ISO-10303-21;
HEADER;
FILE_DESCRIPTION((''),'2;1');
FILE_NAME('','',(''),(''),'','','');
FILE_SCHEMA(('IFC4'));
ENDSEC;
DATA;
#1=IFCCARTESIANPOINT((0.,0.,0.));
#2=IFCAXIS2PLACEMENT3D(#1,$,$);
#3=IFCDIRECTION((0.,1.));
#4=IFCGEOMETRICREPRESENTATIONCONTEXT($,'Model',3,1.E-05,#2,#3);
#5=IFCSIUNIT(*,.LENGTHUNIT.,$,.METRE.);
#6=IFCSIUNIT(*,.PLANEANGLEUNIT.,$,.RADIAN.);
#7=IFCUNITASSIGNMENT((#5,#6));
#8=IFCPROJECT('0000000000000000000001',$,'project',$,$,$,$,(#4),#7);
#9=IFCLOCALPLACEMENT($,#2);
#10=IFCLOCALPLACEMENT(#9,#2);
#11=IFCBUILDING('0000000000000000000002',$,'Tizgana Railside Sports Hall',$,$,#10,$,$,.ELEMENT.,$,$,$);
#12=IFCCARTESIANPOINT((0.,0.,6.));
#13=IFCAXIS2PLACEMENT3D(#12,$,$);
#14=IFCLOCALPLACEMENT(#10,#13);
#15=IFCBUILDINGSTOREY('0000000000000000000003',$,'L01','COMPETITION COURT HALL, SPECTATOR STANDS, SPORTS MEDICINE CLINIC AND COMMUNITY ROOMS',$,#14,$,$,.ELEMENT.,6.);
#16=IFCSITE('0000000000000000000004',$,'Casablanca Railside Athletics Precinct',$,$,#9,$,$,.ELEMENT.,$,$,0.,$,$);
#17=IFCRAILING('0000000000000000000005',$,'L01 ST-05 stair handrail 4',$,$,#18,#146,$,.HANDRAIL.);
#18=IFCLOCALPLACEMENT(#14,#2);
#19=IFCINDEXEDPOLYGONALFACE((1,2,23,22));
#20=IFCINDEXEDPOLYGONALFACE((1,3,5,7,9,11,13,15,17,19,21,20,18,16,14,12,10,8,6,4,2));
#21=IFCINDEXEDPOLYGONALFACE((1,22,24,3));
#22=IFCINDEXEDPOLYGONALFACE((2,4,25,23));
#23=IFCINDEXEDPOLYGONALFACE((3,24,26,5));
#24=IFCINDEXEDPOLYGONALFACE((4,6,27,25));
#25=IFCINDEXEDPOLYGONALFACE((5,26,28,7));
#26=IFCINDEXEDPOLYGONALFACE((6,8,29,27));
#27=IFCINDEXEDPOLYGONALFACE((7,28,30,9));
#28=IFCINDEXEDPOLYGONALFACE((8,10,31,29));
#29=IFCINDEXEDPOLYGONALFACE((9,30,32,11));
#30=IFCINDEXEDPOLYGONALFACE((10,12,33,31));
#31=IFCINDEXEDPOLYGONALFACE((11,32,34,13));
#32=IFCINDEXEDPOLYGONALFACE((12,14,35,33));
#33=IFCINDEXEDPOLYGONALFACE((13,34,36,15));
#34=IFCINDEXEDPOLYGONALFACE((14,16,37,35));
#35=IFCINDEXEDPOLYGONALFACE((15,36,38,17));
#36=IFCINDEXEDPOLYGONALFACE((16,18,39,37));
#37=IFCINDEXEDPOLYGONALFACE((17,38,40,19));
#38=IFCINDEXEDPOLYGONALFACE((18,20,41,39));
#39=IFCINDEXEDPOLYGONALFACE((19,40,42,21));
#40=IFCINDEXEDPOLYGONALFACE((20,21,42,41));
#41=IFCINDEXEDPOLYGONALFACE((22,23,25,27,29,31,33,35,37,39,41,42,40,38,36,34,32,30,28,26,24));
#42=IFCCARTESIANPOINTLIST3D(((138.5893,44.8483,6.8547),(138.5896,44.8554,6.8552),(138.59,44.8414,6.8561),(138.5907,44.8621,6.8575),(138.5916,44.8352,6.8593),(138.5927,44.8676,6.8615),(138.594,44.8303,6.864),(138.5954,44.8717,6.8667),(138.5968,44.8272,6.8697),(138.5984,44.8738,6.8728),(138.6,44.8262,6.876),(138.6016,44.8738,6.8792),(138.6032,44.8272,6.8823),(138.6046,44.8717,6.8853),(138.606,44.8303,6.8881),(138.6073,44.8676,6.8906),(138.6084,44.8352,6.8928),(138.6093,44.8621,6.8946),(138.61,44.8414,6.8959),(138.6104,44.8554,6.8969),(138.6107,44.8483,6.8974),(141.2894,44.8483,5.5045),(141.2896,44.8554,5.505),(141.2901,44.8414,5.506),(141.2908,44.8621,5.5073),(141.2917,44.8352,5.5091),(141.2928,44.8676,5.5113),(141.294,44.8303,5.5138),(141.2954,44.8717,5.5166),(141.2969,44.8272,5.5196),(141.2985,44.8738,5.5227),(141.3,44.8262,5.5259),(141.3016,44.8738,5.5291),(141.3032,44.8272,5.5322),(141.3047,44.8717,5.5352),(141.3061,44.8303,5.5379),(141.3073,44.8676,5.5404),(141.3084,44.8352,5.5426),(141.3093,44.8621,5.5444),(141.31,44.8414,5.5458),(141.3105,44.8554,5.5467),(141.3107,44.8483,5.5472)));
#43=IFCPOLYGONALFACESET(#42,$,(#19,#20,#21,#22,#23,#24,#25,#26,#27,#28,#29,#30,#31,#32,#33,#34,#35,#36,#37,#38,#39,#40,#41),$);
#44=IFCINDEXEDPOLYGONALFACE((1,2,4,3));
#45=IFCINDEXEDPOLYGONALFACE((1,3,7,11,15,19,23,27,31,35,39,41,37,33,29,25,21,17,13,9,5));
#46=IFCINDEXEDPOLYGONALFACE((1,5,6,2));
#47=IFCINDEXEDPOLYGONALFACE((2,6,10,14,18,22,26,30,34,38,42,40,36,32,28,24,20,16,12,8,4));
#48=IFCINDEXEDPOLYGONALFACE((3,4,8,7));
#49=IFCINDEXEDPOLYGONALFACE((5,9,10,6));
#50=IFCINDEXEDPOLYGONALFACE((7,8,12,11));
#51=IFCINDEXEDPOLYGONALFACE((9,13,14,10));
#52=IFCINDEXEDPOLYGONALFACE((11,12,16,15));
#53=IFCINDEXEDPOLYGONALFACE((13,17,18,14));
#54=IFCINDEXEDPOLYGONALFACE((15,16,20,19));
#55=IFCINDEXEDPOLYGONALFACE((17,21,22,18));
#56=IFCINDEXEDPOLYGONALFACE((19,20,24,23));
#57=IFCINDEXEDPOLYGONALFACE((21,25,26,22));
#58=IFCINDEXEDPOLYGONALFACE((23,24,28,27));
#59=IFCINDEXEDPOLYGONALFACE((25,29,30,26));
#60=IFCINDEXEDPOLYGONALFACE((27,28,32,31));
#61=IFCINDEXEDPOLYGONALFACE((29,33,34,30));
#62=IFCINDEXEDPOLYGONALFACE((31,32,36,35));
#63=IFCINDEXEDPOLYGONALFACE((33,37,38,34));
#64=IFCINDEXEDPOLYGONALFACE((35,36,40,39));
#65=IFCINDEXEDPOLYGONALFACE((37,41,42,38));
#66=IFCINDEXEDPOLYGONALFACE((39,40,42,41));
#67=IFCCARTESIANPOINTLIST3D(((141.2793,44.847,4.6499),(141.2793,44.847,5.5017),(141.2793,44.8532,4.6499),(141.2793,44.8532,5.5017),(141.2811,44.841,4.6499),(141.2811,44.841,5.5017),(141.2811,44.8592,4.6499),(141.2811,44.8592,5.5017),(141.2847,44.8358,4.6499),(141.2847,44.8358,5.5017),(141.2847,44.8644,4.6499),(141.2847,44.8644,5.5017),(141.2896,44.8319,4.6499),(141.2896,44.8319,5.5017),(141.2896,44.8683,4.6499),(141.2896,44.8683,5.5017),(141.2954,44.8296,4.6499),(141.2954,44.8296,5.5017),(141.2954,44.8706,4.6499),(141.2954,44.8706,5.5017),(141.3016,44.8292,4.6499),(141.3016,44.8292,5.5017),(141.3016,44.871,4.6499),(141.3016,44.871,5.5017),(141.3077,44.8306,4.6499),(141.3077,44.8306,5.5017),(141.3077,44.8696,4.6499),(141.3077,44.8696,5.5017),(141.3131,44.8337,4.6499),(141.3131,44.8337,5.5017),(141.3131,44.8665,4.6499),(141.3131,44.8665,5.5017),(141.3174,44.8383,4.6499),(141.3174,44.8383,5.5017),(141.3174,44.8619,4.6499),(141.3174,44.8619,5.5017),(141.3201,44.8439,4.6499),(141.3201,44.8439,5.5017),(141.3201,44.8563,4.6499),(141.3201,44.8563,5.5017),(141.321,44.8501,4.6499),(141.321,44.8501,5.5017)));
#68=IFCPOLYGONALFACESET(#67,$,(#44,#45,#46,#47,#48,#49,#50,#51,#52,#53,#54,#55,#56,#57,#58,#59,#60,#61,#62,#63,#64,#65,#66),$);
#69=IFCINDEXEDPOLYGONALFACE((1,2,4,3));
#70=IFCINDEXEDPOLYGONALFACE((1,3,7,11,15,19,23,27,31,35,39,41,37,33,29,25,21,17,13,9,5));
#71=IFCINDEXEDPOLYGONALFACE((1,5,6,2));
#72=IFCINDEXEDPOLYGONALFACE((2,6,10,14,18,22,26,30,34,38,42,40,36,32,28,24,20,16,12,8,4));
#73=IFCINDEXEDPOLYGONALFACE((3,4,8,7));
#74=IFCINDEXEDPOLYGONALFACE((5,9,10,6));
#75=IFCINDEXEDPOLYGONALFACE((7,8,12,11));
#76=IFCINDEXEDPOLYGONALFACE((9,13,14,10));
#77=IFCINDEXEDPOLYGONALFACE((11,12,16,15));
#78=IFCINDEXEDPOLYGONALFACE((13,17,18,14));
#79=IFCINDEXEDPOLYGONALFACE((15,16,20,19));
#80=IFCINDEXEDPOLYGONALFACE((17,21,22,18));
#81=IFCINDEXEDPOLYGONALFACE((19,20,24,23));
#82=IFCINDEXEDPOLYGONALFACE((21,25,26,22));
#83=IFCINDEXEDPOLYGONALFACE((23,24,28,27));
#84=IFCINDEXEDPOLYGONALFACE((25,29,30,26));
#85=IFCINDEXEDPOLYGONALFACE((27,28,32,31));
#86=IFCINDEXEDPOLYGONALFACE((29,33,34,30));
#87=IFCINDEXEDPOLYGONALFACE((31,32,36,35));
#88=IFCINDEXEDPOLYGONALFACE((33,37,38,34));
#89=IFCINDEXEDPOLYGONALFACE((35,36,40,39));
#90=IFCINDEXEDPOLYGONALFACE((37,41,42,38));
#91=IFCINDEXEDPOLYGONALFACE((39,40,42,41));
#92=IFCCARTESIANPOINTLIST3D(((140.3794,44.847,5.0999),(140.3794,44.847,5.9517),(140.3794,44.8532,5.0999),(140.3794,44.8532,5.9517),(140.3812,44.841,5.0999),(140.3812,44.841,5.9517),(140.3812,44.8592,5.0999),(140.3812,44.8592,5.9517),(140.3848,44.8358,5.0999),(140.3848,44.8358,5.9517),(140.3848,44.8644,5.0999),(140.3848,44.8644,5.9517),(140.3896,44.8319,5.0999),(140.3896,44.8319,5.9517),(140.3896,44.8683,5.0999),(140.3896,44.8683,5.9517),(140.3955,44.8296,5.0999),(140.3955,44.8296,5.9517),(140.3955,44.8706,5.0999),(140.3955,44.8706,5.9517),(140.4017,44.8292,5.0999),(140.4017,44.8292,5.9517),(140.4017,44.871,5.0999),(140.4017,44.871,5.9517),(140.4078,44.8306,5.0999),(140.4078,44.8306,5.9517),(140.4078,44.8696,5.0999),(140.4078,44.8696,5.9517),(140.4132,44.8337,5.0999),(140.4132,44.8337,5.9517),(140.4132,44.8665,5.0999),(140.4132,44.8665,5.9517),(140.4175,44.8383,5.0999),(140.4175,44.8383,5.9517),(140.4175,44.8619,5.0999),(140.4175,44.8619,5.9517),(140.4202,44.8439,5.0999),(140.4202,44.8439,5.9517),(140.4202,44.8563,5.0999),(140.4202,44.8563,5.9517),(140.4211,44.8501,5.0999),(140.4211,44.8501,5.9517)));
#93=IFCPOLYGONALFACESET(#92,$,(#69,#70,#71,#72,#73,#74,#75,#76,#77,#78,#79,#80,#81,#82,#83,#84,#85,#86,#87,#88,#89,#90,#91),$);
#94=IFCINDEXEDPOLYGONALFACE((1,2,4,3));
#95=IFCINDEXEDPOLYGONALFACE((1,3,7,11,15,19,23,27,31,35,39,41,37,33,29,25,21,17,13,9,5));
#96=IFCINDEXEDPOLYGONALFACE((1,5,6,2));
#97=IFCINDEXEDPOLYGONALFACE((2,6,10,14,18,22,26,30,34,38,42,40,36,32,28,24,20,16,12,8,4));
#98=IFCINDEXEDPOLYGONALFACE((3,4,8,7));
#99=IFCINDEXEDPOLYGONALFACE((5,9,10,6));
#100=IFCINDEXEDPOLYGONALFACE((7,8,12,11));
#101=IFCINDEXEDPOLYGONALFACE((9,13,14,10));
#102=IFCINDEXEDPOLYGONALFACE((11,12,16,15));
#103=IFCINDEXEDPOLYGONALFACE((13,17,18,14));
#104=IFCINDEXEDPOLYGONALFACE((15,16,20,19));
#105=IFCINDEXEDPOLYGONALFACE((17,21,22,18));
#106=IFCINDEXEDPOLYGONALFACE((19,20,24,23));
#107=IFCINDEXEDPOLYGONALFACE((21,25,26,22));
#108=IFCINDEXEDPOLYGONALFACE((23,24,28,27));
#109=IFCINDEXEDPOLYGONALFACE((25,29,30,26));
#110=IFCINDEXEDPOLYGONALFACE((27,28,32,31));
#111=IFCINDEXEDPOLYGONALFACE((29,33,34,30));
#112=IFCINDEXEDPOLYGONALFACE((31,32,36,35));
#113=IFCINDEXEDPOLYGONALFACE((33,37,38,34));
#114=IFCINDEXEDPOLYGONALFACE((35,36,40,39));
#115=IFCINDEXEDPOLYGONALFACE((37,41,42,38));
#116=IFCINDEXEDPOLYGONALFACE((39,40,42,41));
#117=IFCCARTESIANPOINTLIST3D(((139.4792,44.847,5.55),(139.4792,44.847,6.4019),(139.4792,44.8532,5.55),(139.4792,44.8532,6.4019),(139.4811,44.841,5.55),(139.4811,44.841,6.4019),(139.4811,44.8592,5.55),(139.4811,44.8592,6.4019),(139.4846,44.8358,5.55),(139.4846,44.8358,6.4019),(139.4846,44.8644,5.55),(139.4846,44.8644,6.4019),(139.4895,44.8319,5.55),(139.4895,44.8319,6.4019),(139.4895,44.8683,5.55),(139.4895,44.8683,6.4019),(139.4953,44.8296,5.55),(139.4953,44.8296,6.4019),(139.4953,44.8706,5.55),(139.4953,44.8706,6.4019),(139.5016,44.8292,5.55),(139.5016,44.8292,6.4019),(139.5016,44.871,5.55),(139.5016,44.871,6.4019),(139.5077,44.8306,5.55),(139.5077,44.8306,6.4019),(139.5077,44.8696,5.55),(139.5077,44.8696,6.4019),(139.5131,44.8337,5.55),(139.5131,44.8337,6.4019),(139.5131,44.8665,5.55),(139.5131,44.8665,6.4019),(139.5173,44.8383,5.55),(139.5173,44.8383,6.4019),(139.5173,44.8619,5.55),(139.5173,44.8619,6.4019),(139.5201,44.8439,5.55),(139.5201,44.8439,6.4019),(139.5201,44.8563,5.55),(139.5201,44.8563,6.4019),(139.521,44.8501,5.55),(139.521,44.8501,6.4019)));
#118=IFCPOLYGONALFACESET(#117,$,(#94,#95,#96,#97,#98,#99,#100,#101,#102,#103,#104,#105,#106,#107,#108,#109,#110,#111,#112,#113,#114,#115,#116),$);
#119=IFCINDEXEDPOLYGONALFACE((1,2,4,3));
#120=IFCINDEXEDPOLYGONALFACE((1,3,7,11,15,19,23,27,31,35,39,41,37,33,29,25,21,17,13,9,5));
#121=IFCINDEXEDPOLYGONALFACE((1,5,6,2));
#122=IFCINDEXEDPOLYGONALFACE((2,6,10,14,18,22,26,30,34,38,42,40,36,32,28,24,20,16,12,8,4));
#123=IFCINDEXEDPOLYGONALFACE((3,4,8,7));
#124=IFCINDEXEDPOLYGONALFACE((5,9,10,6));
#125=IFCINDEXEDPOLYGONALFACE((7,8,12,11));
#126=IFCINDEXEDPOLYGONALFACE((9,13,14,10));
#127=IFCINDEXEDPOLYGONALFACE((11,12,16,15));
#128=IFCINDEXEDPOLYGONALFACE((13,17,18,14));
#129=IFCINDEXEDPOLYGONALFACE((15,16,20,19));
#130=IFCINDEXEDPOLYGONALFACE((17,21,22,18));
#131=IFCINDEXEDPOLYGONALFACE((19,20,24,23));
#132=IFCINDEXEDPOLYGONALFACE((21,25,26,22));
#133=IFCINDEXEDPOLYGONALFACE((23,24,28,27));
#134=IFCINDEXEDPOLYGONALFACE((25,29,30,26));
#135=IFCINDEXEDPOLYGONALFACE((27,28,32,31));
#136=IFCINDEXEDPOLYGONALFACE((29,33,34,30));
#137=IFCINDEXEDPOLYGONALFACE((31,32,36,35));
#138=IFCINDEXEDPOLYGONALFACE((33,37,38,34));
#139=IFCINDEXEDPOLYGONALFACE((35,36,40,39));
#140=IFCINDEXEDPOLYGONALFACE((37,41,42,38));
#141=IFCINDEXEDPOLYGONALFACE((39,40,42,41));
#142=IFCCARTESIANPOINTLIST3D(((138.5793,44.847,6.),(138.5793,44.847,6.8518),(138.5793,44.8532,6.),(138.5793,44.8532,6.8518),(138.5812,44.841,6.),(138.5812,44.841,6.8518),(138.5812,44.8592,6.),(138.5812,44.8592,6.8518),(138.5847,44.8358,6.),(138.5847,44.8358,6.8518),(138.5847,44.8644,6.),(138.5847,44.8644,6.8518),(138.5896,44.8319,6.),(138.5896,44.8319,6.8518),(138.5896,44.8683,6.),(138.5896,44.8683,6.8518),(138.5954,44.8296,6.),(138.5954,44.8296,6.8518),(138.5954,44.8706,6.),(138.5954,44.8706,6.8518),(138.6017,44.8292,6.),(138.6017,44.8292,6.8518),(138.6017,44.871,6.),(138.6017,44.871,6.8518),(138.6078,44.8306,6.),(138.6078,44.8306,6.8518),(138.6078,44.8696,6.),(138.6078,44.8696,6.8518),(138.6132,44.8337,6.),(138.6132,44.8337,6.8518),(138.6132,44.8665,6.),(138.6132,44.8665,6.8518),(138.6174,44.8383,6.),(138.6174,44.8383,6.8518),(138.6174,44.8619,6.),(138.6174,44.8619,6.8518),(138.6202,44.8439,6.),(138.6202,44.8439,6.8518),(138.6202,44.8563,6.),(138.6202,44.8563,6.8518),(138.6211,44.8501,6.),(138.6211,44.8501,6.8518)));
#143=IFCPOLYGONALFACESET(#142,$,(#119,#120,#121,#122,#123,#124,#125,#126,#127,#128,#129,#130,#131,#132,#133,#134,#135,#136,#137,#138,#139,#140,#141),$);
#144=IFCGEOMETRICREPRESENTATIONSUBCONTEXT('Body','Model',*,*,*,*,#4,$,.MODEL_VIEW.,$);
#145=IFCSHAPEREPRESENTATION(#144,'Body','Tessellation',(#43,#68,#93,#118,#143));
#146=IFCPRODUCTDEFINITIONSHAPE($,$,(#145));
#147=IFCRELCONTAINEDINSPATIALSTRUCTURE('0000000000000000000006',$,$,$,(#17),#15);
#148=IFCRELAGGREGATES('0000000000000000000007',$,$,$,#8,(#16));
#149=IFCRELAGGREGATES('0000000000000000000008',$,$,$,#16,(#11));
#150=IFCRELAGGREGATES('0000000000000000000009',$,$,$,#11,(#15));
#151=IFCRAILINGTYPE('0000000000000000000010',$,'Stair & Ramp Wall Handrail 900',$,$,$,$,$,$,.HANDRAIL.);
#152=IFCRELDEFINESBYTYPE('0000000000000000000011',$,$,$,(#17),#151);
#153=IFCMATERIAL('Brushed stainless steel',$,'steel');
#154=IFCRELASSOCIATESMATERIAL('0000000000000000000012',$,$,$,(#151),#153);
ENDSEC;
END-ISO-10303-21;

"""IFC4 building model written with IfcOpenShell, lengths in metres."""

from ifc_helpers import new_model, si_unit, direction, frame, origin, origin_2d, place, context, subcontext, project, spatial, circle, extrude, material, type_object, element, save


model = new_model("IFC4")

# Units and contexts
model_context = context("Model", 3, precision=1e-05, world=origin(), true_north=direction((0.0, 1.0)))
body_context = subcontext(model_context, "Body", "Model", "MODEL_VIEW")
ifc_project = project(units=[si_unit("LENGTHUNIT", "METRE"), si_unit("PLANEANGLEUNIT", "RADIAN")], contexts=[model_context])

# Site, building, storey
site_placement = place(None, origin())
site = spatial("IfcSite", under=ifc_project, at=site_placement, Name="Casablanca Railside Athletics Precinct", CompositionType="ELEMENT", RefElevation=0.0)
building_placement = place(site_placement, origin())
building = spatial("IfcBuilding", under=site, at=building_placement, Name="Tizgana Railside Sports Hall", CompositionType="ELEMENT")
storey_placement = place(building_placement, frame((0.0, 0.0, 6.0)))
storey = spatial("IfcBuildingStorey", under=building, at=storey_placement, Name="L01", Description="COMPETITION COURT HALL, SPECTATOR STANDS, SPORTS MEDICINE CLINIC AND COMMUNITY ROOMS", CompositionType="ELEMENT", Elevation=6.0)

# Shared definitions
ifc_material_1 = material(Name="Brushed stainless steel", Category="steel")

# Railing
railing_type_1 = type_object("IfcRailingType", Name="Stair & Ramp Wall Handrail 900", PredefinedType="HANDRAIL", material=ifc_material_1)
railing_1_placement = place(storey_placement, frame((141.3, 44.8501, 4.6499)))
element("IfcRailing", 1, at=railing_1_placement, inside=storey, type_object=railing_type_1, Name="L01 ST-05 stair handrail 4", PredefinedType="HANDRAIL", context=body_context, shape_type="SweptSolid", body=[
    extrude(circle(Radius=0.0239, at=origin_2d()), frame((0.0, 0.0, 0.876), z_axis=(-0.894411, 0.0, 0.447246), x_axis=(0.0, -1.0, 0.0)), (0.0, 0.0, 1.0), 3.0188),
    extrude(circle(Radius=0.021, at=origin_2d()), origin(), (0.0, 0.0, 1.0), 0.8518),
    extrude(circle(Radius=0.021, at=origin_2d()), frame((-0.8999, 0.0, 0.45)), (0.0, 0.0, 1.0), 0.8518),
    extrude(circle(Radius=0.021, at=origin_2d()), frame((-1.8, 0.0, 0.9001)), (0.0, 0.0, 1.0), 0.8518),
    extrude(circle(Radius=0.021, at=origin_2d()), frame((-2.7, 0.0, 1.3501)), (0.0, 0.0, 1.0), 0.8518),
])

save(model, "model.ifc")
